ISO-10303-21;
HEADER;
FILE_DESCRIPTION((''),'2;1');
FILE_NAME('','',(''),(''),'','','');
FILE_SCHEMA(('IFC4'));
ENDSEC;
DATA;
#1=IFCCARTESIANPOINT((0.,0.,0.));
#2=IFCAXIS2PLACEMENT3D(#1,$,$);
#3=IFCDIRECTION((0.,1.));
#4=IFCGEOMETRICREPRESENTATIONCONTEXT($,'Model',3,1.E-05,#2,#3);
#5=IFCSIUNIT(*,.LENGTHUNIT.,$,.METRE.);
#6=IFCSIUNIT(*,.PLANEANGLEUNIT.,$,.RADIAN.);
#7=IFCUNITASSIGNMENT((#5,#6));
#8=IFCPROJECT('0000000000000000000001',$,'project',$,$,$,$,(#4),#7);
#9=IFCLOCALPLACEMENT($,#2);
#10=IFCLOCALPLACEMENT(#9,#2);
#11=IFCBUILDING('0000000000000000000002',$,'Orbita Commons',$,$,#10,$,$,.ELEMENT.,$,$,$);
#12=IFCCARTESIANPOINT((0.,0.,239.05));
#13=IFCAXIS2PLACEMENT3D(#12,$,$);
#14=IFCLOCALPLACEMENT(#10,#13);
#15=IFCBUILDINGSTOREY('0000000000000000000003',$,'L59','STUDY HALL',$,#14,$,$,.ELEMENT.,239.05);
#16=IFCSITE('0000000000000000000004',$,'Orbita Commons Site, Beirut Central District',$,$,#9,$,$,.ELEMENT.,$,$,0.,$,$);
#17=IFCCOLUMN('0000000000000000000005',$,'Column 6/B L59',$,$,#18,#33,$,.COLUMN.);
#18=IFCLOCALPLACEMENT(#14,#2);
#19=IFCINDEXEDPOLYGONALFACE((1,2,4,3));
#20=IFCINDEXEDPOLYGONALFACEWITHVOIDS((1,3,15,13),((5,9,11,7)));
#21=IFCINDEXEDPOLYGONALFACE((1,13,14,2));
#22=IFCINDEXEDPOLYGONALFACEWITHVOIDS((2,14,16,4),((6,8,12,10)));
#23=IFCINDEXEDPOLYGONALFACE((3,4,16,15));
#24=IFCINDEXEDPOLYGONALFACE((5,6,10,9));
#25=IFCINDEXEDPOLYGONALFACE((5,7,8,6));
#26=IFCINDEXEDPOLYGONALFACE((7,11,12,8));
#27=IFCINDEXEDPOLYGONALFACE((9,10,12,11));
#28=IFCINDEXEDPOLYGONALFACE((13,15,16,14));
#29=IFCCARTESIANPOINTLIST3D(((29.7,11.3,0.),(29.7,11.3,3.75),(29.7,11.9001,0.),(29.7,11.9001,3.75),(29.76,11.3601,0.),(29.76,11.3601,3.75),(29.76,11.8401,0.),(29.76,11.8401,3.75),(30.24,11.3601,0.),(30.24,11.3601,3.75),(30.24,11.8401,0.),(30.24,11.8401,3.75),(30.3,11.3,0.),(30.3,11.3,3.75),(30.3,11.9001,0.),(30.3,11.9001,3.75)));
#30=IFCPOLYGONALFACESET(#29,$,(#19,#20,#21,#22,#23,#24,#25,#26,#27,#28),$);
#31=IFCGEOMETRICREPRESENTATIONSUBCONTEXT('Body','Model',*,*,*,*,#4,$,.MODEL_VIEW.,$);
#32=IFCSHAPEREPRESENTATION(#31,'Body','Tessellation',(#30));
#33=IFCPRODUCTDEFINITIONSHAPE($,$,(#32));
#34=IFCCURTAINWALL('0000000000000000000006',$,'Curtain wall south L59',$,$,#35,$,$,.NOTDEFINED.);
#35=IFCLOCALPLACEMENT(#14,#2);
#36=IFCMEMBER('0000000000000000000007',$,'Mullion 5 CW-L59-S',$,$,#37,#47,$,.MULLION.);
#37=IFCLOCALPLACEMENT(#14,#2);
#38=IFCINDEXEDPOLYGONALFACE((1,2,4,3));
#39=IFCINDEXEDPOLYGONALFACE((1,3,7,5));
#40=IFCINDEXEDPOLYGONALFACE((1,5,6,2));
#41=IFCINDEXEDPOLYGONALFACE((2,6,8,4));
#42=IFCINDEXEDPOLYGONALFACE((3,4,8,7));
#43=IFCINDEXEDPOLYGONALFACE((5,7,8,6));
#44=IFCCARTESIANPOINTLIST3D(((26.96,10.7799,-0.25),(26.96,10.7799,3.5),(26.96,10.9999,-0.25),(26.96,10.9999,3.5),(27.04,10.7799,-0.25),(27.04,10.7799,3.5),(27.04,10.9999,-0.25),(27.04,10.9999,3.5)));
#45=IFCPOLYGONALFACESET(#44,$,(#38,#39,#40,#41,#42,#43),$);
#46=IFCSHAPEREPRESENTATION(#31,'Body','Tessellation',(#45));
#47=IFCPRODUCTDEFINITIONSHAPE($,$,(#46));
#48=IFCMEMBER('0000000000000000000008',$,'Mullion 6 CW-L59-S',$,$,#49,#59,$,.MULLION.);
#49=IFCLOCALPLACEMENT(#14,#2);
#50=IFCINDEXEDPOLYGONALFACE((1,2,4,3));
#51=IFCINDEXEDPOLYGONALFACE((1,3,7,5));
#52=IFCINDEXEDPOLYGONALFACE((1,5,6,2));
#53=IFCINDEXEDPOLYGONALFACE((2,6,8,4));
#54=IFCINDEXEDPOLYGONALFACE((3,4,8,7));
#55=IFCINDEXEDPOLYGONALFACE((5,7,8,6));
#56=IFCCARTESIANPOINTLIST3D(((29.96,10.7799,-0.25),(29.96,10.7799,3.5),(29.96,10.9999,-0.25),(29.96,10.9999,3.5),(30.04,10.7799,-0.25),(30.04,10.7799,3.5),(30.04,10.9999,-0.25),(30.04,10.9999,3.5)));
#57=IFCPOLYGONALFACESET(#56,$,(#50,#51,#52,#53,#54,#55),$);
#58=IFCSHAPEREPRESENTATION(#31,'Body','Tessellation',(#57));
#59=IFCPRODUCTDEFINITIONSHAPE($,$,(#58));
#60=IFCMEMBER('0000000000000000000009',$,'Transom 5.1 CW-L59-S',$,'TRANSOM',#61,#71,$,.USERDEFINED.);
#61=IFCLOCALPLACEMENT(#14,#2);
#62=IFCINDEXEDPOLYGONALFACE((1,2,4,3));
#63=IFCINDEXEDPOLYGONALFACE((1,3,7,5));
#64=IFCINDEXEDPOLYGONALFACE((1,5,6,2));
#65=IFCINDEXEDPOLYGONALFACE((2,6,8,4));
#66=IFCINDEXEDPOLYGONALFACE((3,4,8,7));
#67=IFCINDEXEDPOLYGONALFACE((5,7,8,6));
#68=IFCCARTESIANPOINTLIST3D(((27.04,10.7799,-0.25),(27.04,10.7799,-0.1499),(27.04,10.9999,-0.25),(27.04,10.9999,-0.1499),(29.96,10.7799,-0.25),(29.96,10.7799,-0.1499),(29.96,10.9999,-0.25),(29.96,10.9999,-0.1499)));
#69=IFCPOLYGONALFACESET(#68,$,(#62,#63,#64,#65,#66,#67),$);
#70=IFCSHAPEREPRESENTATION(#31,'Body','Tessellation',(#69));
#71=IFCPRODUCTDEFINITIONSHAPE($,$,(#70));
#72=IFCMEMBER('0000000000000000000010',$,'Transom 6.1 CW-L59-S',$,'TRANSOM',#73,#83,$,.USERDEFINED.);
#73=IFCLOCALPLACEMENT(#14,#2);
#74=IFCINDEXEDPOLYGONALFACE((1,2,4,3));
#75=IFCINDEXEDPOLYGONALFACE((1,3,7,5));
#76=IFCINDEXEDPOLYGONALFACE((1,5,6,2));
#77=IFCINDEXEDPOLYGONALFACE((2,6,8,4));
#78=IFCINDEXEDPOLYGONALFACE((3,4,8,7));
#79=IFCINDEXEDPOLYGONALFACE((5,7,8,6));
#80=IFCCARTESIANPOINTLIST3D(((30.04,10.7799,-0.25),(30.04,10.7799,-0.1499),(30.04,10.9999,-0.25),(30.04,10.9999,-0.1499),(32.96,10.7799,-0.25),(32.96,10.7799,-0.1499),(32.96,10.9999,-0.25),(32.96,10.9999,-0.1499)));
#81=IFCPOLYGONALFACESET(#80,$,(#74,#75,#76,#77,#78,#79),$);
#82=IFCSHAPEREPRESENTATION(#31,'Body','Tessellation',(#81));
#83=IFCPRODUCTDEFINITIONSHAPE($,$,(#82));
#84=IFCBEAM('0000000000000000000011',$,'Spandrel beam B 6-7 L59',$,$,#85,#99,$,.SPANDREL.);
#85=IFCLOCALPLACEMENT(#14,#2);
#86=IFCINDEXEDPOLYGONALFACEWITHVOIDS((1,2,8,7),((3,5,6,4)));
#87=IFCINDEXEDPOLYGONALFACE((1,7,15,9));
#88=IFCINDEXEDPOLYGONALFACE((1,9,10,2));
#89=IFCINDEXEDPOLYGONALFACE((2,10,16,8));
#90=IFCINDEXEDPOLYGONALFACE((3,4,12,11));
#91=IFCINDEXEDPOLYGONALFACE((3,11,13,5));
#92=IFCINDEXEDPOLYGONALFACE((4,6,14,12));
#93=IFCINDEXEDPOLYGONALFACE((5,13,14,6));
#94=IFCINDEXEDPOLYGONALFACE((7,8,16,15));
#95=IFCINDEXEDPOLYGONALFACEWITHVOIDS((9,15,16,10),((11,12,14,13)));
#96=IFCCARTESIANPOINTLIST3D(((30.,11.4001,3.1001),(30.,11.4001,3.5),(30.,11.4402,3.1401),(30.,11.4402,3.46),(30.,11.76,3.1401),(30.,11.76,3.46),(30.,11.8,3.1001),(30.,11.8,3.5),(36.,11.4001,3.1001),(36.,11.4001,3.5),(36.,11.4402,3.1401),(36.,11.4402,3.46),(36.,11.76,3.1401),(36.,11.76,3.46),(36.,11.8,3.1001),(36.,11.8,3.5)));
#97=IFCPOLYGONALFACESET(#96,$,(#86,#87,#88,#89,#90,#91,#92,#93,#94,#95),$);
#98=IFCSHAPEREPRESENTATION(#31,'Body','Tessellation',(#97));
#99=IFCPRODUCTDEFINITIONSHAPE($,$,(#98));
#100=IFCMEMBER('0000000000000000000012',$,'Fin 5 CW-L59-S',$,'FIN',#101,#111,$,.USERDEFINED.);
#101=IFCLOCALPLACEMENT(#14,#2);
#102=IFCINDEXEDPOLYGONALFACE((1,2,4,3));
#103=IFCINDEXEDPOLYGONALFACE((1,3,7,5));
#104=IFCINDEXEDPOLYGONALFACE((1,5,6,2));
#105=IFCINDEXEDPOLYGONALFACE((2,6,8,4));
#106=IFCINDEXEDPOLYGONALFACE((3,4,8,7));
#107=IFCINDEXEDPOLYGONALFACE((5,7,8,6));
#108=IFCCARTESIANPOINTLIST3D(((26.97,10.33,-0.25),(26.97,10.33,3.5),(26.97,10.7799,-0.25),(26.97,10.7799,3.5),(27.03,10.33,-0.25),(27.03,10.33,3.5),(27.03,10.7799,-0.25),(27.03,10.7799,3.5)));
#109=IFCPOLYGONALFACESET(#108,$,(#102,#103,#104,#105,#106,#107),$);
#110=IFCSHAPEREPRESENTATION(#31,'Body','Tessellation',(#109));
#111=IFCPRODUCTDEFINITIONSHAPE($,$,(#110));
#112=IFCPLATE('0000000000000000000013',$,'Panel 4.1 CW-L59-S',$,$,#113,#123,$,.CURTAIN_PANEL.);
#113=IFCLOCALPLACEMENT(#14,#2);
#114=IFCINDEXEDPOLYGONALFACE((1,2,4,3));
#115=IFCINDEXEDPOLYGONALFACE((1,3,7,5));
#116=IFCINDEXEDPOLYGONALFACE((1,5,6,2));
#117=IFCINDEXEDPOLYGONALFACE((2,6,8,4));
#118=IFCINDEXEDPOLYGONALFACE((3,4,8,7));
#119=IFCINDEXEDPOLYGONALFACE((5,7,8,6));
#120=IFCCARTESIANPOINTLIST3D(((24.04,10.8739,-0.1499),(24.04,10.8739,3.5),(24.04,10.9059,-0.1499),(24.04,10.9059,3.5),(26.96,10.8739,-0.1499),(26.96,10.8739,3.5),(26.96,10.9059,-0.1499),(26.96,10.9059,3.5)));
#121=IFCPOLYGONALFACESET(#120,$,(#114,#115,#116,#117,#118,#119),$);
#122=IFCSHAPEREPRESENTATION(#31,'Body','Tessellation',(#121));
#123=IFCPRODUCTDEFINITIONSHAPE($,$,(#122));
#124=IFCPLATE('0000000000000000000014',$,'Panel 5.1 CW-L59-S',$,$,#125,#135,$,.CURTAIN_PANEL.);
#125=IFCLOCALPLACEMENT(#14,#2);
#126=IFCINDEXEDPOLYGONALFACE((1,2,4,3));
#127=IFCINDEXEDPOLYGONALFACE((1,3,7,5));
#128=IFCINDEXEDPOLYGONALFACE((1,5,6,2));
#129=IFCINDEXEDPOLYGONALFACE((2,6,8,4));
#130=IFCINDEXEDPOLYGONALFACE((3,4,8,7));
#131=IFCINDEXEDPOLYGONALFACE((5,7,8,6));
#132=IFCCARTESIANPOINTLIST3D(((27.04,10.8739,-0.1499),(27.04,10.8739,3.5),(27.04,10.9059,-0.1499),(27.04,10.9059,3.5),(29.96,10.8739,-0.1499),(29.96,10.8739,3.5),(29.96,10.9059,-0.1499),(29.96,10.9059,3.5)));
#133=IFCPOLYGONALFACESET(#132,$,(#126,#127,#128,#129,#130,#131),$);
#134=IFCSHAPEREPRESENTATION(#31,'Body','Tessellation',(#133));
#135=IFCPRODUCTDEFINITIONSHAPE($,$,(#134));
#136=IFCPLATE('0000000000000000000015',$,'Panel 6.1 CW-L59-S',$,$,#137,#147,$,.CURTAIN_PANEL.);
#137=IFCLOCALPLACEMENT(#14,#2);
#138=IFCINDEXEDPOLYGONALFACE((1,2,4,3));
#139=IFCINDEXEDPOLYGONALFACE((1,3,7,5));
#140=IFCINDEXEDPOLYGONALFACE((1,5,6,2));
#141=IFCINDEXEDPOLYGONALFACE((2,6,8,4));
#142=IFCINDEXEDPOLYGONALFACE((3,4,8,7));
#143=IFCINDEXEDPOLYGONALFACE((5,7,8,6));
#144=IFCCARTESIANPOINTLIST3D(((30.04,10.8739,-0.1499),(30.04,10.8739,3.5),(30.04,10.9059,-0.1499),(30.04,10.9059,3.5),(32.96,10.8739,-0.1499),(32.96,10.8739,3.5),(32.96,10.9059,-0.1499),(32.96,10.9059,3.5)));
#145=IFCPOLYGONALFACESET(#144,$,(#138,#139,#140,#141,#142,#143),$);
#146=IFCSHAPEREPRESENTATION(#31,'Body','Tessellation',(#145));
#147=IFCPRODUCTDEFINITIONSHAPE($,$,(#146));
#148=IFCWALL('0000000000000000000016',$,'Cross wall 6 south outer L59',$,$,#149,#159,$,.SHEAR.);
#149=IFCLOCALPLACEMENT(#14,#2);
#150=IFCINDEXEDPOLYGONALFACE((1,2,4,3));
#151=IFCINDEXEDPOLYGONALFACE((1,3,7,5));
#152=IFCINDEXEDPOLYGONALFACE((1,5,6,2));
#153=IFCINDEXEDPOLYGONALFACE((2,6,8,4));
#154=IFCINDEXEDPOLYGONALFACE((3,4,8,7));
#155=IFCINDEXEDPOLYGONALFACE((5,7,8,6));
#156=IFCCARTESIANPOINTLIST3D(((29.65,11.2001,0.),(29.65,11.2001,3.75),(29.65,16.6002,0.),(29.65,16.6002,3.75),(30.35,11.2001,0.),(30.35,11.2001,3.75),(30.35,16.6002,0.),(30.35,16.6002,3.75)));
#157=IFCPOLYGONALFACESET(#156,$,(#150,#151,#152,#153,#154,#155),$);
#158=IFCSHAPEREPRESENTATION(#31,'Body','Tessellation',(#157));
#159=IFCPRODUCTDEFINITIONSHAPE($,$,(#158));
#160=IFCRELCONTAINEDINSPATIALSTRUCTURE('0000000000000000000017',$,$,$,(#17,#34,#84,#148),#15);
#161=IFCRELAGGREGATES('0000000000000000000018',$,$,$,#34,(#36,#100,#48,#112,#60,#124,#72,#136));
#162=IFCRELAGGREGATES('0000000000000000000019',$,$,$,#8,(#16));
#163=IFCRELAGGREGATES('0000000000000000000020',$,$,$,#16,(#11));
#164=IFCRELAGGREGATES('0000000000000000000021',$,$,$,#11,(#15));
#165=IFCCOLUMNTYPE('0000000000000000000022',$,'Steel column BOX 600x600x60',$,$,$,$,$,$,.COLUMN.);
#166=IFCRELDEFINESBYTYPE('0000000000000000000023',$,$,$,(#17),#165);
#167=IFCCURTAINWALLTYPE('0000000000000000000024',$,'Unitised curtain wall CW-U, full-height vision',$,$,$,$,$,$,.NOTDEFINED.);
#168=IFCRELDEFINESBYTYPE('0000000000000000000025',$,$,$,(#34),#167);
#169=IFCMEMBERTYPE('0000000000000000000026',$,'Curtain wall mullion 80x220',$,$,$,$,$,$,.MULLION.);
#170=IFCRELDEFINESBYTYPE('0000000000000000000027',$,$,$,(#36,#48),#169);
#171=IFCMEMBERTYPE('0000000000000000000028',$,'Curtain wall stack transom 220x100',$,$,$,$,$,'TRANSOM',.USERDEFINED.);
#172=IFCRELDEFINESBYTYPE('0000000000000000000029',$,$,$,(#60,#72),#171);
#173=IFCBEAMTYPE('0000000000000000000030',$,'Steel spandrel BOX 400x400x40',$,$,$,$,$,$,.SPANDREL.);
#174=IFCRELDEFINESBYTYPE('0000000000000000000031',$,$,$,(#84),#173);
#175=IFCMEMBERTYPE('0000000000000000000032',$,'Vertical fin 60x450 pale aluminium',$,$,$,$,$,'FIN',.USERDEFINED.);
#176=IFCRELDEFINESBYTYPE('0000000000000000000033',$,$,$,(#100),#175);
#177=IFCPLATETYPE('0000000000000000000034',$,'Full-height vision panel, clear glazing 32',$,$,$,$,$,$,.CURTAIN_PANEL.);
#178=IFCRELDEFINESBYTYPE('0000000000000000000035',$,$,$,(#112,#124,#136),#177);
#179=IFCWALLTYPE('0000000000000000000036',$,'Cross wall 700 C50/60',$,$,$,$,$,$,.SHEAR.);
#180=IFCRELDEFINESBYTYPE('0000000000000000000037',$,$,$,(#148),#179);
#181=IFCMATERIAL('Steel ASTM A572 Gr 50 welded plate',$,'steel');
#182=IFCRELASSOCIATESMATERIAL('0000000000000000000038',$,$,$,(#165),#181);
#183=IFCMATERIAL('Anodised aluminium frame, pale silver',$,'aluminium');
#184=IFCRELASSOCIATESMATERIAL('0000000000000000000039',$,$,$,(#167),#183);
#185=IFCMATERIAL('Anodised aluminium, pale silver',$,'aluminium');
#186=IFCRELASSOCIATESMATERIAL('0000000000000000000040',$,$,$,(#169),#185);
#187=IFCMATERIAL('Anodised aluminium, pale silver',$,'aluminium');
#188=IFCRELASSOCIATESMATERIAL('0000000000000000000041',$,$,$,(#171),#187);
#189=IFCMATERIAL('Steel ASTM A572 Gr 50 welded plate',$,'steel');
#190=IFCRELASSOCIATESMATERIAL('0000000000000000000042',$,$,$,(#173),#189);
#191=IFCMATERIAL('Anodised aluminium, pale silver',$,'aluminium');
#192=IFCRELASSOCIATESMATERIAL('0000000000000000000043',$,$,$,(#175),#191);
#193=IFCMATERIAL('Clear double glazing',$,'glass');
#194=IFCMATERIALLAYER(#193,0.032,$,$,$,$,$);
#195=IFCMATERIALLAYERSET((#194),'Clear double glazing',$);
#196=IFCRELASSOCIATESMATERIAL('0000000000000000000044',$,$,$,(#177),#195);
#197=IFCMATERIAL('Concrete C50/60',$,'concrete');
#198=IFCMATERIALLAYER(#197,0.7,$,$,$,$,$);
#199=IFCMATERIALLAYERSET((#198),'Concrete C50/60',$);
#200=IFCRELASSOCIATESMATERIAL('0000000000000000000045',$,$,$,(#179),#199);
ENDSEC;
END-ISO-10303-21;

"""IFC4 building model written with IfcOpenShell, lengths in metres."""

from ifc_helpers import new_model, si_unit, direction, frame, frame_2d, origin, origin_2d, place, context, subcontext, project, spatial, rectangle, hollow_rectangle, extrude, material, layer, layer_set, material_profile, profile_set, type_object, element, aggregate, save


model = new_model("IFC4")

# Units and contexts
model_context = context("Model", 3, precision=1e-05, world=origin(), true_north=direction((0.0, 1.0)))
body_context = subcontext(model_context, "Body", "Model", "MODEL_VIEW")
ifc_project = project(units=[si_unit("LENGTHUNIT", "METRE"), si_unit("PLANEANGLEUNIT", "RADIAN")], contexts=[model_context])

# Site, building, storey
site_placement = place(None, origin())
site = spatial("IfcSite", under=ifc_project, at=site_placement, Name="Orbita Commons Site, Beirut Central District", CompositionType="ELEMENT", RefElevation=0.0)
building_placement = place(site_placement, origin())
building = spatial("IfcBuilding", under=site, at=building_placement, Name="Orbita Commons", CompositionType="ELEMENT")
storey_placement = place(building_placement, frame((0.0, 0.0, 239.05)))
storey = spatial("IfcBuildingStorey", under=building, at=storey_placement, Name="L59", Description="STUDY HALL", CompositionType="ELEMENT", Elevation=239.05)

# Column
ifc_material_1 = material(Name="Steel ASTM A572 Gr 50 welded plate", Category="steel")
ifc_material_profile_1 = material_profile(ifc_material_1, hollow_rectangle(XDim=0.6001, YDim=0.6001, WallThickness=0.0601, at=origin_2d()), Name="BOX 600x600x60")
ifc_profile_set_1 = profile_set([ifc_material_profile_1], Name="Steel ASTM A572 Gr 50 welded plate")
column_type = type_object("IfcColumnType", Name="Steel column BOX 600x600x60", PredefinedType="COLUMN", material=ifc_profile_set_1)
column_placement = place(storey_placement, frame((30.0, 11.6001, 0.0), z_axis=(0.0, 0.0, 1.0), x_axis=(1.0, 0.0, 0.0)))
element("IfcColumn", 1, at=column_placement, inside=storey, type_object=column_type, Name="Column 6/B L59", PredefinedType="COLUMN", context=body_context, shape_type="SweptSolid", body=[
    extrude(hollow_rectangle(XDim=0.6001, YDim=0.6001, WallThickness=0.0601, at=origin_2d()), origin(), (0.0, 0.0, 1.0), 3.75),
])

# Curtain wall, members
ifc_material_2 = material(Name="Anodised aluminium frame, pale silver", Category="aluminium")
curtain_wall_type = type_object("IfcCurtainWallType", Name="Unitised curtain wall CW-U, full-height vision", PredefinedType="NOTDEFINED", material=ifc_material_2)
curtain_wall_placement = place(storey_placement, origin())
curtain_wall = element("IfcCurtainWall", 2, at=curtain_wall_placement, inside=storey, type_object=curtain_wall_type, Name="Curtain wall south L59", PredefinedType="NOTDEFINED")
ifc_material_3 = material(Name="Anodised aluminium, pale silver", Category="aluminium")
ifc_material_profile_2 = material_profile(ifc_material_3, rectangle(XDim=0.0801, YDim=0.22, at=origin_2d()), Name="AL 80x220")
ifc_profile_set_2 = profile_set([ifc_material_profile_2], Name="Anodised aluminium, pale silver")
member_type_1 = type_object("IfcMemberType", Name="Curtain wall mullion 80x220", PredefinedType="MULLION", material=ifc_profile_set_2)
member_1_placement = place(storey_placement, frame((27.0, 10.8899, -0.25), z_axis=(0.0, 0.0, 1.0), x_axis=(1.0, 0.0, 0.0)))
member_1 = element("IfcMember", 3, at=member_1_placement, type_object=member_type_1, Name="Mullion 5 CW-L59-S", PredefinedType="MULLION", context=body_context, shape_type="SweptSolid", body=[
    extrude(rectangle(XDim=0.0801, YDim=0.22, at=origin_2d()), origin(), (0.0, 0.0, 1.0), 3.75),
])
member_2_placement = place(storey_placement, frame((30.0, 10.8899, -0.25), z_axis=(0.0, 0.0, 1.0), x_axis=(1.0, 0.0, 0.0)))
member_2 = element("IfcMember", 4, at=member_2_placement, type_object=member_type_1, Name="Mullion 6 CW-L59-S", PredefinedType="MULLION", context=body_context, shape_type="SweptSolid", body=[
    extrude(rectangle(XDim=0.0801, YDim=0.22, at=origin_2d()), origin(), (0.0, 0.0, 1.0), 3.75),
])
ifc_material_4 = material(Name="Anodised aluminium, pale silver", Category="aluminium")
ifc_material_profile_3 = material_profile(ifc_material_4, rectangle(XDim=0.22, YDim=0.1001, at=origin_2d()), Name="AL 220x100")
ifc_profile_set_3 = profile_set([ifc_material_profile_3], Name="Anodised aluminium, pale silver")
member_type_2 = type_object("IfcMemberType", Name="Curtain wall stack transom 220x100", ElementType="TRANSOM", PredefinedType="USERDEFINED", material=ifc_profile_set_3)
member_3_placement = place(storey_placement, frame((27.04, 10.8899, -0.2), z_axis=(1.0, 0.0, 0.0), x_axis=(0.0, 1.0, 0.0)))
member_3 = element("IfcMember", 5, at=member_3_placement, type_object=member_type_2, Name="Transom 5.1 CW-L59-S", ObjectType="TRANSOM", PredefinedType="USERDEFINED", context=body_context, shape_type="SweptSolid", body=[
    extrude(rectangle(XDim=0.22, YDim=0.1001, at=origin_2d()), origin(), (0.0, 0.0, 1.0), 2.9199),
])
member_4_placement = place(storey_placement, frame((30.04, 10.8899, -0.2), z_axis=(1.0, 0.0, 0.0), x_axis=(0.0, 1.0, 0.0)))
member_4 = element("IfcMember", 6, at=member_4_placement, type_object=member_type_2, Name="Transom 6.1 CW-L59-S", ObjectType="TRANSOM", PredefinedType="USERDEFINED", context=body_context, shape_type="SweptSolid", body=[
    extrude(rectangle(XDim=0.22, YDim=0.1001, at=origin_2d()), origin(), (0.0, 0.0, 1.0), 2.9199),
])

# Beam
ifc_material_5 = material(Name="Steel ASTM A572 Gr 50 welded plate", Category="steel")
ifc_material_profile_4 = material_profile(ifc_material_5, hollow_rectangle(XDim=0.3999, YDim=0.3999, WallThickness=0.04, at=origin_2d()), Name="BOX 400x400x40")
ifc_profile_set_4 = profile_set([ifc_material_profile_4], Name="Steel ASTM A572 Gr 50 welded plate")
beam_type = type_object("IfcBeamType", Name="Steel spandrel BOX 400x400x40", PredefinedType="SPANDREL", material=ifc_profile_set_4)
beam_placement = place(storey_placement, frame((30.0, 11.6001, 3.3), z_axis=(1.0, 0.0, 0.0), x_axis=(0.0, 1.0, 0.0)))
element("IfcBeam", 7, at=beam_placement, inside=storey, type_object=beam_type, Name="Spandrel beam B 6-7 L59", PredefinedType="SPANDREL", context=body_context, shape_type="SweptSolid", body=[
    extrude(hollow_rectangle(XDim=0.3999, YDim=0.3999, WallThickness=0.04, at=origin_2d()), origin(), (0.0, 0.0, 1.0), 6.0),
])

# Member
ifc_material_6 = material(Name="Anodised aluminium, pale silver", Category="aluminium")
ifc_material_profile_5 = material_profile(ifc_material_6, rectangle(XDim=0.0601, YDim=0.45, at=origin_2d()), Name="FIN 60x450")
ifc_profile_set_5 = profile_set([ifc_material_profile_5], Name="Anodised aluminium, pale silver")
member_type_3 = type_object("IfcMemberType", Name="Vertical fin 60x450 pale aluminium", ElementType="FIN", PredefinedType="USERDEFINED", material=ifc_profile_set_5)
member_5_placement = place(storey_placement, frame((27.0, 10.5549, -0.25), z_axis=(0.0, 0.0, 1.0), x_axis=(1.0, 0.0, 0.0)))
member_5 = element("IfcMember", 8, at=member_5_placement, type_object=member_type_3, Name="Fin 5 CW-L59-S", ObjectType="FIN", PredefinedType="USERDEFINED", context=body_context, shape_type="SweptSolid", body=[
    extrude(rectangle(XDim=0.0601, YDim=0.45, at=origin_2d()), origin(), (0.0, 0.0, 1.0), 3.75),
])

# Plates
ifc_material_7 = material(Name="Clear double glazing", Category="glass")
ifc_layer_1 = layer(ifc_material_7, 0.032)
ifc_layer_set_1 = layer_set([ifc_layer_1], Name="Clear double glazing")
plate_type = type_object("IfcPlateType", Name="Full-height vision panel, clear glazing 32", PredefinedType="CURTAIN_PANEL", material=ifc_layer_set_1)
plate_1_placement = place(storey_placement, frame((25.5, 10.8899, -0.1499), z_axis=(0.0, 0.0, 1.0), x_axis=(1.0, 0.0, 0.0)))
plate_1 = element("IfcPlate", 9, at=plate_1_placement, type_object=plate_type, Name="Panel 4.1 CW-L59-S", PredefinedType="CURTAIN_PANEL", context=body_context, shape_type="SweptSolid", body=[
    extrude(rectangle(XDim=2.9199, YDim=0.032, at=origin_2d()), origin(), (0.0, 0.0, 1.0), 3.6499),
])
plate_2_placement = place(storey_placement, frame((28.5, 10.8899, -0.1499), z_axis=(0.0, 0.0, 1.0), x_axis=(1.0, 0.0, 0.0)))
plate_2 = element("IfcPlate", 10, at=plate_2_placement, type_object=plate_type, Name="Panel 5.1 CW-L59-S", PredefinedType="CURTAIN_PANEL", context=body_context, shape_type="SweptSolid", body=[
    extrude(rectangle(XDim=2.9199, YDim=0.032, at=origin_2d()), origin(), (0.0, 0.0, 1.0), 3.6499),
])
plate_3_placement = place(storey_placement, frame((31.5, 10.8899, -0.1499), z_axis=(0.0, 0.0, 1.0), x_axis=(1.0, 0.0, 0.0)))
plate_3 = element("IfcPlate", 11, at=plate_3_placement, type_object=plate_type, Name="Panel 6.1 CW-L59-S", PredefinedType="CURTAIN_PANEL", context=body_context, shape_type="SweptSolid", body=[
    extrude(rectangle(XDim=2.9199, YDim=0.032, at=origin_2d()), origin(), (0.0, 0.0, 1.0), 3.6499),
])
aggregate(curtain_wall, [member_1, member_5, member_2, plate_1, member_3, plate_2, member_4, plate_3])

# Wall
ifc_material_8 = material(Name="Concrete C50/60", Category="concrete")
ifc_layer_2 = layer(ifc_material_8, 0.7)
ifc_layer_set_2 = layer_set([ifc_layer_2], Name="Concrete C50/60")
wall_type_1 = type_object("IfcWallType", Name="Cross wall 700 C50/60", PredefinedType="SHEAR", material=ifc_layer_set_2)
wall_1_placement = place(storey_placement, frame((30.0, 11.2, 0.0), z_axis=(0.0, 0.0, 1.0), x_axis=(0.0, 1.0, 0.0)))
element("IfcWall", 12, at=wall_1_placement, inside=storey, type_object=wall_type_1, Name="Cross wall 6 south outer L59", PredefinedType="SHEAR", context=body_context, shape_type="SweptSolid", body=[
    extrude(rectangle(XDim=5.4001, YDim=0.7, at=frame_2d((2.7002, 0.0))), origin(), (0.0, 0.0, 1.0), 3.75),
])

save(model, "model.ifc")
